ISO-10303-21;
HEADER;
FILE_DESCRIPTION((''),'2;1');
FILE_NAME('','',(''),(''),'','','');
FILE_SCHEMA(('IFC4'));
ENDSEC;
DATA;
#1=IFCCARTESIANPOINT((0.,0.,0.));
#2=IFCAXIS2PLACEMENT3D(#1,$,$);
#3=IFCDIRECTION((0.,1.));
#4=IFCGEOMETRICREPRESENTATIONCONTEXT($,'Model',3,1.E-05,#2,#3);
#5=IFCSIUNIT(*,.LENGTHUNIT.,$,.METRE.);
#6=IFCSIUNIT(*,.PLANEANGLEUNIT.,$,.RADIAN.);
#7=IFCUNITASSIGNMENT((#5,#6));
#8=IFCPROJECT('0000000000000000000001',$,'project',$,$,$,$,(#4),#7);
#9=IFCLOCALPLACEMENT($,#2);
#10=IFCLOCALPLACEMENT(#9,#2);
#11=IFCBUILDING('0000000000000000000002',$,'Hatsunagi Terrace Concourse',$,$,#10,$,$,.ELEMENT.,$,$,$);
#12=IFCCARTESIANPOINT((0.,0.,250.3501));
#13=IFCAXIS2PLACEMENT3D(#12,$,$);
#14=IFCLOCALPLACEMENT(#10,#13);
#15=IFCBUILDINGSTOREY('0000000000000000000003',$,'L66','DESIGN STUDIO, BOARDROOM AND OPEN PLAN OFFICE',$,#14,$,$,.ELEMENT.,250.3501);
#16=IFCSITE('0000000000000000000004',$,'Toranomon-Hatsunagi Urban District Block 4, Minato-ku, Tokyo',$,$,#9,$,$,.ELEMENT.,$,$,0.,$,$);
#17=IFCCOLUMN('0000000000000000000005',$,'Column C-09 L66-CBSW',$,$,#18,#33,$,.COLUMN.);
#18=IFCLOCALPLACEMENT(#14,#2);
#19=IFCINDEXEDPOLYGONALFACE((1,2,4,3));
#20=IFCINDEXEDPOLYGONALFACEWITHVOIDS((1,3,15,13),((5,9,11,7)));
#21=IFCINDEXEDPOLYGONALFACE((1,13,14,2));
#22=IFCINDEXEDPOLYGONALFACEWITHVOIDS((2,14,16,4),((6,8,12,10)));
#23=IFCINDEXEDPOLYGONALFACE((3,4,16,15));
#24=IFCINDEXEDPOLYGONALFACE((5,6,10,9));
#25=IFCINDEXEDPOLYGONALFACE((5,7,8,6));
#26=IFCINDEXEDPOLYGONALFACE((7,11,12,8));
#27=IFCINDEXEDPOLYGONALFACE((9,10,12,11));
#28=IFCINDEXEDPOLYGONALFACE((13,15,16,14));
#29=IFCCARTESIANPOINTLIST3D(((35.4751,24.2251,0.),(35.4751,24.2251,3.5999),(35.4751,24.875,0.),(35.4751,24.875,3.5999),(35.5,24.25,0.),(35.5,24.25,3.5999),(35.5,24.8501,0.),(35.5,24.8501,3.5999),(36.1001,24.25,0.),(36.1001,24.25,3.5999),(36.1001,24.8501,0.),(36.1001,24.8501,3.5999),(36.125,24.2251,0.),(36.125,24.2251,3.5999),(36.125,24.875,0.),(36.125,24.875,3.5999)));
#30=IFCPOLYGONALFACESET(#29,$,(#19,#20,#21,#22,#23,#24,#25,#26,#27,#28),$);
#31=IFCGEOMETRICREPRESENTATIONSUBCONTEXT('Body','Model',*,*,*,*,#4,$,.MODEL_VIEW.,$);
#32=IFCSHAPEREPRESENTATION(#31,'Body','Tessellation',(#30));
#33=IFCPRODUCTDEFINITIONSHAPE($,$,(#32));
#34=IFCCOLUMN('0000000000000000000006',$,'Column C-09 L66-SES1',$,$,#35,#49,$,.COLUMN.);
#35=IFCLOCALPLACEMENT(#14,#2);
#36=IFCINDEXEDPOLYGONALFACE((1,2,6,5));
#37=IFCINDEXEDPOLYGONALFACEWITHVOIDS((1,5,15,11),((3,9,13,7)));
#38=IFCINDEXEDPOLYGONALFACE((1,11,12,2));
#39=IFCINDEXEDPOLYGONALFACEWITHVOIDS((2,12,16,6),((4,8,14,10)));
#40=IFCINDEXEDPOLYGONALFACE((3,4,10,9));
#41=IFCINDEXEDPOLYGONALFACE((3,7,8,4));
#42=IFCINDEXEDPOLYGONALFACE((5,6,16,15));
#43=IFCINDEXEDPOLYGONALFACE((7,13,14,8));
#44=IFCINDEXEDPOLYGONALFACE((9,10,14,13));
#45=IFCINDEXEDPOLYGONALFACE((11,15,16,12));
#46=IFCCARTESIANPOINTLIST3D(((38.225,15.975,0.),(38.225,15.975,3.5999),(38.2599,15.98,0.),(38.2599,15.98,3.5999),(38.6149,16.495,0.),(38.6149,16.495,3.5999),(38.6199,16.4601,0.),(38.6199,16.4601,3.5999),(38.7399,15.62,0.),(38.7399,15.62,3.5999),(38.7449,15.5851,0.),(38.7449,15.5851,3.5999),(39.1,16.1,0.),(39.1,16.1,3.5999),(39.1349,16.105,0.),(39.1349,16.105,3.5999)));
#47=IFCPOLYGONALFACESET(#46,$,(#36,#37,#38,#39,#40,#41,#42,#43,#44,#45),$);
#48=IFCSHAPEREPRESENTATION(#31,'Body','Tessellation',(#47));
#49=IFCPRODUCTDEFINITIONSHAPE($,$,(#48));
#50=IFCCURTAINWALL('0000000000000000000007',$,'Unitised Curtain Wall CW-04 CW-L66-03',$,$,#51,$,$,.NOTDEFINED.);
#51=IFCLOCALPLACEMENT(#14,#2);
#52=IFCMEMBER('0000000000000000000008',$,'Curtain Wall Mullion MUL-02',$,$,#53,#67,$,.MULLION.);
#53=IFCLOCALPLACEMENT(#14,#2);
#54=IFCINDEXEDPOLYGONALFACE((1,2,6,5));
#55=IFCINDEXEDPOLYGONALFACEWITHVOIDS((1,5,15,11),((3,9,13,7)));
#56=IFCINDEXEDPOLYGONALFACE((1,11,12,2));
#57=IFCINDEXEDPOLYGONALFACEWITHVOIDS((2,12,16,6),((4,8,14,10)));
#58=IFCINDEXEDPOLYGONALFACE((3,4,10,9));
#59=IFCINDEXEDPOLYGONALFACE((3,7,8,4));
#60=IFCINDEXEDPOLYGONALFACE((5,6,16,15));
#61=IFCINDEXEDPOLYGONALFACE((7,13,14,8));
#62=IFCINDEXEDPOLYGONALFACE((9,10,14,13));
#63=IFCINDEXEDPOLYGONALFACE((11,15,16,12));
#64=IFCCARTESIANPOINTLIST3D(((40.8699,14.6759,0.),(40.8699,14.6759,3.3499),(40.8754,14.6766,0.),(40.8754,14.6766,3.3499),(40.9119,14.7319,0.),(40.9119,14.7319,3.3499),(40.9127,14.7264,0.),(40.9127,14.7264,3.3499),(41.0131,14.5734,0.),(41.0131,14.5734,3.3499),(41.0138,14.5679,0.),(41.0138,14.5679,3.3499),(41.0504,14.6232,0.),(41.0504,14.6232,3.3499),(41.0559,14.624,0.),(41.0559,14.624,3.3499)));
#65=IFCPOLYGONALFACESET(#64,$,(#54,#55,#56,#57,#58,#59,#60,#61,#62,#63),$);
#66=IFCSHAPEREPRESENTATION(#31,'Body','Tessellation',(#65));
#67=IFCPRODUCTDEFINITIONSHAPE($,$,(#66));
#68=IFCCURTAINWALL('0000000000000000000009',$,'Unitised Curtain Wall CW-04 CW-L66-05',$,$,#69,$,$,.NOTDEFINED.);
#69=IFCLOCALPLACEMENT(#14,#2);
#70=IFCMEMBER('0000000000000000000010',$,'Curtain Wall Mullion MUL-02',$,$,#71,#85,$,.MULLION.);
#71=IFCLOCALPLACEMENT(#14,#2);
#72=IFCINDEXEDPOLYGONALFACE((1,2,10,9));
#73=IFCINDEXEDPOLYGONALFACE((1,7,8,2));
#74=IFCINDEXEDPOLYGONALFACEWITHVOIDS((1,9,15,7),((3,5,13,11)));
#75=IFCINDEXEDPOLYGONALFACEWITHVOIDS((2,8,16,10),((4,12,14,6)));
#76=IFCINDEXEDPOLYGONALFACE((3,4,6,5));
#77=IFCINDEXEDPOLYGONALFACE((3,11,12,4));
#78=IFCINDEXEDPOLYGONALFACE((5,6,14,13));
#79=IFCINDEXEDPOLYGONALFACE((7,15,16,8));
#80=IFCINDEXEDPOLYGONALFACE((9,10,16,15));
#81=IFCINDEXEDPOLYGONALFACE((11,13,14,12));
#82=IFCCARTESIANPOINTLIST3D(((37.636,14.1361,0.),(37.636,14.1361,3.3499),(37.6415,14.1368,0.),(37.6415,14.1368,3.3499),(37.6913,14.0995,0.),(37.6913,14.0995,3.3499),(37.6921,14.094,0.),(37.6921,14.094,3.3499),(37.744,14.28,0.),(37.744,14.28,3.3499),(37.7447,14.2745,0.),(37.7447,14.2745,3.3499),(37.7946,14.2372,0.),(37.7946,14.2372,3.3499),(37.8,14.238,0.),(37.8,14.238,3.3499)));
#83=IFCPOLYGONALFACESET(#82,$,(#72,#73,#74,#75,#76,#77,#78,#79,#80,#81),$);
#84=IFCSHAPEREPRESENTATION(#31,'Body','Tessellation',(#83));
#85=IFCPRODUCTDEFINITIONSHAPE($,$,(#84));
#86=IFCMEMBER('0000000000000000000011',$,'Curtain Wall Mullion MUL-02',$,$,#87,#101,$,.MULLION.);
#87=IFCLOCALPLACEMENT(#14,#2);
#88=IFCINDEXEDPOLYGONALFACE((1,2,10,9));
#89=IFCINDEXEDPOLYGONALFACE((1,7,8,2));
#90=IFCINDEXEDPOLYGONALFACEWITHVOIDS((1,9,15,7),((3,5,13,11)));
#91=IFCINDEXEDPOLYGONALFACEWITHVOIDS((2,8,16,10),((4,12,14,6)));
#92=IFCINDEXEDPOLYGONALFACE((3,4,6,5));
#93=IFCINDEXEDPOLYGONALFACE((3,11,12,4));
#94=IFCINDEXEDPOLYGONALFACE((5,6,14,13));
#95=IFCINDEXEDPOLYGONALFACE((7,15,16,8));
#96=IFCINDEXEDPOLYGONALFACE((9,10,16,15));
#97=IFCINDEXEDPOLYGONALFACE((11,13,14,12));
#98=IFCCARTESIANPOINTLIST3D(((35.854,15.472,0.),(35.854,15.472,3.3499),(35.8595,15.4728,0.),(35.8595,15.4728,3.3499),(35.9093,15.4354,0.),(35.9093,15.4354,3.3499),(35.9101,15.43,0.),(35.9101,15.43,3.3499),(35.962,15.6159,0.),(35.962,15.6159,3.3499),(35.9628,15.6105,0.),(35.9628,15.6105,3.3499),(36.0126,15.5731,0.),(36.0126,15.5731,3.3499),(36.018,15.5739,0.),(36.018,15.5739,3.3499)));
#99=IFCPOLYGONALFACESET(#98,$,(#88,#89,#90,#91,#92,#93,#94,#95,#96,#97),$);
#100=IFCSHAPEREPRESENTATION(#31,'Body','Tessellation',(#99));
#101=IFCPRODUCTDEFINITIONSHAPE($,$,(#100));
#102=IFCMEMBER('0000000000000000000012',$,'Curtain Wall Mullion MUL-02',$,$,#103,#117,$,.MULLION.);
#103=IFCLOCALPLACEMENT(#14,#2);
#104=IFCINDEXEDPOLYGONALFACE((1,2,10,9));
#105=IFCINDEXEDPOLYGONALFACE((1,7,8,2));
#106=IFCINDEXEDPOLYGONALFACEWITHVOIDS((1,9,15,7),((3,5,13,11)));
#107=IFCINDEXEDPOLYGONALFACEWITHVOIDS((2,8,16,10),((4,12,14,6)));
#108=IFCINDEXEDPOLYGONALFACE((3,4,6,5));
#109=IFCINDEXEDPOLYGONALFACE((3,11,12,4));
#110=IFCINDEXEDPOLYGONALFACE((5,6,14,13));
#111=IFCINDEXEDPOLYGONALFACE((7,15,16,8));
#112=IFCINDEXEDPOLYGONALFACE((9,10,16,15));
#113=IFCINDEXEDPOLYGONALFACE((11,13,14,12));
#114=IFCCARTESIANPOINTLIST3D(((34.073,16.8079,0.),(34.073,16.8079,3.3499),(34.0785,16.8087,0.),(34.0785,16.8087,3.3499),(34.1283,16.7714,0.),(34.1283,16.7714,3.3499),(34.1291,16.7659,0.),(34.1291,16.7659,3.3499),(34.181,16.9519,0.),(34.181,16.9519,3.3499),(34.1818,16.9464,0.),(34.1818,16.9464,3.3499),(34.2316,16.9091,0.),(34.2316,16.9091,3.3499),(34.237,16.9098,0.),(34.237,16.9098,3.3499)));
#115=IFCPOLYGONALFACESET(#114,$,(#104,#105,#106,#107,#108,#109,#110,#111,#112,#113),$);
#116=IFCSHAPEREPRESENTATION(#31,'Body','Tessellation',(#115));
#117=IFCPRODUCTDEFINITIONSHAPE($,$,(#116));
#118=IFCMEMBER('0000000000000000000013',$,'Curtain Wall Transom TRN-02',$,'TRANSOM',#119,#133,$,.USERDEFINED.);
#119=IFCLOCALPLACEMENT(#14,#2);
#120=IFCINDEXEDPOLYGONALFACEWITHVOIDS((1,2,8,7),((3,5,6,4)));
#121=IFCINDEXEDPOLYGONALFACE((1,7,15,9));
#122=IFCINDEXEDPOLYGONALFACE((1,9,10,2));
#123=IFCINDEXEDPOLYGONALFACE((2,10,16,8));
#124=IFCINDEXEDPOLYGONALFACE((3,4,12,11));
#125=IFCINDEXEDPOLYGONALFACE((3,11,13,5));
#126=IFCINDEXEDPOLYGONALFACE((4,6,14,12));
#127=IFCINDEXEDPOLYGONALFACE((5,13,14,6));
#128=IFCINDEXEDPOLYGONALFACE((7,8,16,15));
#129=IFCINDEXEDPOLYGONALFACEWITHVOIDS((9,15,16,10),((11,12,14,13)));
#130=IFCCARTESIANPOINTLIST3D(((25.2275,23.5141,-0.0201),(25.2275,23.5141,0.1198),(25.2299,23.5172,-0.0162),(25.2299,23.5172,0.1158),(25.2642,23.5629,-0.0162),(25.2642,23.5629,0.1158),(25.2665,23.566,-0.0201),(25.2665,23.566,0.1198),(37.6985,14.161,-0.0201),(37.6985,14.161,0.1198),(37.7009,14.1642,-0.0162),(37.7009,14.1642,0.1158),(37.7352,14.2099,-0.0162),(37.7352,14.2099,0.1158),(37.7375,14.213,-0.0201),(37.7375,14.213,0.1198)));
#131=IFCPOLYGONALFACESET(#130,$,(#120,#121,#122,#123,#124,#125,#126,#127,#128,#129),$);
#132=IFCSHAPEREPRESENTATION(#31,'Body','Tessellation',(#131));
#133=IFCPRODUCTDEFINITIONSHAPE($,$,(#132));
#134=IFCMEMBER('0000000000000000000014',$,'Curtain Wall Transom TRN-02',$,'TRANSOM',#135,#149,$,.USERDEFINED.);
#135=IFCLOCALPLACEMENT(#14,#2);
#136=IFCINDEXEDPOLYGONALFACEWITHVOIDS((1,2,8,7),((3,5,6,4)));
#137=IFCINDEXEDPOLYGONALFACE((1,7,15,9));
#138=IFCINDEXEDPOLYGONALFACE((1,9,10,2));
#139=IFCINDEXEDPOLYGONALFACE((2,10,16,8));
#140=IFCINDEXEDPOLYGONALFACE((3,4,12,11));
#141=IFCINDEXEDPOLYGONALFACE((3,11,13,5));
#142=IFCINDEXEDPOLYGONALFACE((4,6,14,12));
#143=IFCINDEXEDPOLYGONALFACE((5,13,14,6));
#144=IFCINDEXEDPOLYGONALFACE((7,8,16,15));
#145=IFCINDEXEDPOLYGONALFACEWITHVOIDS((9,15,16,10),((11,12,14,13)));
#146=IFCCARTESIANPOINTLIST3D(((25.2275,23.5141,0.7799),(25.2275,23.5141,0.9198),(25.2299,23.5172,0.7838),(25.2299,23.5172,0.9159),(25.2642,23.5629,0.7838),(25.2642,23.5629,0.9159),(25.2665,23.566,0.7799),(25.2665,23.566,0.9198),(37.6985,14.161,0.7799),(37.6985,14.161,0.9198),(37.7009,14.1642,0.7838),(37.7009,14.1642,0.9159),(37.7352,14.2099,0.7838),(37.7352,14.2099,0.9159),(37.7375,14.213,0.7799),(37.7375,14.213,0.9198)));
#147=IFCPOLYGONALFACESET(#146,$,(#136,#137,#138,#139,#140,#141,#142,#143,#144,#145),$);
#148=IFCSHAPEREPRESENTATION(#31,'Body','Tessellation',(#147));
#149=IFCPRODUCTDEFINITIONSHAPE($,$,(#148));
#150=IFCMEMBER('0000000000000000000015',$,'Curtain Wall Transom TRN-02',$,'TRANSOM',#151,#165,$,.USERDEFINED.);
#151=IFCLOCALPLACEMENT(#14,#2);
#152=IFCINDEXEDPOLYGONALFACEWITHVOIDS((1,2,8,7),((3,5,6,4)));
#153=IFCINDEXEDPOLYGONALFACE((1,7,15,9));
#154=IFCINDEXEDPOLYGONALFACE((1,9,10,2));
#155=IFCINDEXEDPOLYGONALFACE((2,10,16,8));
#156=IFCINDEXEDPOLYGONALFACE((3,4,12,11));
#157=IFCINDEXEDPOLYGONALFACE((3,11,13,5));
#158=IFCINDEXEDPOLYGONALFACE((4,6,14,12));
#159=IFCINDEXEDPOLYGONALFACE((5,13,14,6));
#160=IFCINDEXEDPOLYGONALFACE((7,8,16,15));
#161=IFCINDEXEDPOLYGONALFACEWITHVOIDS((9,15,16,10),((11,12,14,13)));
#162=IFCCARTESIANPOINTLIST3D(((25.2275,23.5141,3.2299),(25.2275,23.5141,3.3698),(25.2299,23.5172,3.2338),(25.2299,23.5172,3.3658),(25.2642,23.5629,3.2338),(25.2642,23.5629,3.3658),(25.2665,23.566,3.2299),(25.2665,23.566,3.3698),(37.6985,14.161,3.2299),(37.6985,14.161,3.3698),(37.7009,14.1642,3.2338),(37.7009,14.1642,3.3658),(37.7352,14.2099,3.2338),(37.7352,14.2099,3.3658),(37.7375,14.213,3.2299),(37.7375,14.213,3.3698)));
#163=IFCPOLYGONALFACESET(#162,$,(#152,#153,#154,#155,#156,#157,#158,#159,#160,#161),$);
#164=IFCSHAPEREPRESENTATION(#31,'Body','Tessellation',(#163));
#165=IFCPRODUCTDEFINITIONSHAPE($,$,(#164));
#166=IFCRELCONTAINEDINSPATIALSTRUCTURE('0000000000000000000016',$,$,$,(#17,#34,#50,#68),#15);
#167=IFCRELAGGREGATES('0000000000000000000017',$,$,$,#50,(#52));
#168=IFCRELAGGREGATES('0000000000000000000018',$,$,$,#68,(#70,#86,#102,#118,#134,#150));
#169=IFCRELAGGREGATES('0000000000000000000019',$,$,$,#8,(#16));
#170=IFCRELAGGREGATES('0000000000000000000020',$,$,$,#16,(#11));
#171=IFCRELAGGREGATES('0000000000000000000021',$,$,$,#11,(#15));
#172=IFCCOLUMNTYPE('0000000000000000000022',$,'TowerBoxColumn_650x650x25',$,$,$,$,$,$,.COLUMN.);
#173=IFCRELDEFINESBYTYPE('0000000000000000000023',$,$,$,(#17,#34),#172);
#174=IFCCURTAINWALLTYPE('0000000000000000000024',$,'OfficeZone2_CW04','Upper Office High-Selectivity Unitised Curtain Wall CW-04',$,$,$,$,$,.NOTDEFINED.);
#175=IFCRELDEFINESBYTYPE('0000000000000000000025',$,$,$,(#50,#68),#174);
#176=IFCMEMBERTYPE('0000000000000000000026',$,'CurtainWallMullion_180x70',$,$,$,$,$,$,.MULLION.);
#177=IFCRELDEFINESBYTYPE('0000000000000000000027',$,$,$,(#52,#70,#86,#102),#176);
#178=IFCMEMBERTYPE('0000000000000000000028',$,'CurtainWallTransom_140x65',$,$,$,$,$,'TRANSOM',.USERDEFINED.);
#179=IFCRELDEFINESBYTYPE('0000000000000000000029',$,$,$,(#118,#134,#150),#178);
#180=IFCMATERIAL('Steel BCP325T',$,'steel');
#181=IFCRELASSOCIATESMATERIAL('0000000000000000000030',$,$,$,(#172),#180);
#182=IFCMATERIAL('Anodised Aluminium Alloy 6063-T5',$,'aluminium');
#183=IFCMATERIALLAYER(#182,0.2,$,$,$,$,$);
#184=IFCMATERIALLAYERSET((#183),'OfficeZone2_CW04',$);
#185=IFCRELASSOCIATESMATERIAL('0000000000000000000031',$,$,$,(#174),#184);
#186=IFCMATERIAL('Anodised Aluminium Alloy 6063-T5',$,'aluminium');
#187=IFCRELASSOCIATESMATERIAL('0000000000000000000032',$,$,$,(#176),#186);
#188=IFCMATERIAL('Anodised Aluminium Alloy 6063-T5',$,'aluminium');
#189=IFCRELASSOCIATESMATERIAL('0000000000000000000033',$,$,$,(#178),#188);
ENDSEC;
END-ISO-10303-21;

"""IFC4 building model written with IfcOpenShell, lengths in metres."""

from ifc_helpers import new_model, si_unit, direction, frame, origin, origin_2d, place, context, subcontext, project, spatial, hollow_rectangle, extrude, material, layer, layer_set, material_profile, profile_set, type_object, element, aggregate, save


model = new_model("IFC4")

# Units and contexts
model_context = context("Model", 3, precision=1e-05, world=origin(), true_north=direction((0.0, 1.0)))
body_context = subcontext(model_context, "Body", "Model", "MODEL_VIEW")
ifc_project = project(units=[si_unit("LENGTHUNIT", "METRE"), si_unit("PLANEANGLEUNIT", "RADIAN")], contexts=[model_context])

# Site, building, storey
site_placement = place(None, origin())
site = spatial("IfcSite", under=ifc_project, at=site_placement, Name="Toranomon-Hatsunagi Urban District Block 4, Minato-ku, Tokyo", CompositionType="ELEMENT", RefElevation=0.0)
building_placement = place(site_placement, origin())
building = spatial("IfcBuilding", under=site, at=building_placement, Name="Hatsunagi Terrace Concourse", CompositionType="ELEMENT")
storey_placement = place(building_placement, frame((0.0, 0.0, 250.3501)))
storey = spatial("IfcBuildingStorey", under=building, at=storey_placement, Name="L66", Description="DESIGN STUDIO, BOARDROOM AND OPEN PLAN OFFICE", CompositionType="ELEMENT", Elevation=250.3501)

# Columns
ifc_material_1 = material(Name="Steel BCP325T", Category="steel")
ifc_material_profile_1 = material_profile(ifc_material_1, hollow_rectangle(XDim=0.6499, YDim=0.6499, WallThickness=0.0249, at=origin_2d()), Name="BCP-650x650x25")
ifc_profile_set_1 = profile_set([ifc_material_profile_1], Name="Steel BCP325T")
column_type = type_object("IfcColumnType", Name="TowerBoxColumn_650x650x25", PredefinedType="COLUMN", material=ifc_profile_set_1)
for number, where, z_axis, x_axis, name in (
    (1, (35.8, 24.55, 0.0), (0.0, 0.0, 1.0), (1.0, 0.0, 0.0), "Column C-09 L66-CBSW"),
    (2, (38.6799, 16.04, 0.0), (0.0, 0.0, 1.0), (0.8, -0.6, 0.0), "Column C-09 L66-SES1"),
):
    element("IfcColumn", number, at=place(storey_placement, frame(where, z_axis=z_axis, x_axis=x_axis)), inside=storey, type_object=column_type, Name=name, PredefinedType="COLUMN", context=body_context, shape_type="SweptSolid", body=[
        extrude(hollow_rectangle(XDim=0.6499, YDim=0.6499, WallThickness=0.0249, at=origin_2d()), origin(), (0.0, 0.0, 1.0), 3.5999),
    ])

# Curtain wall, member
ifc_material_2 = material(Name="Anodised Aluminium Alloy 6063-T5", Category="aluminium")
ifc_layer_1 = layer(ifc_material_2, 0.2)
ifc_layer_set_1 = layer_set([ifc_layer_1], Name="OfficeZone2_CW04")
curtain_wall_type = type_object("IfcCurtainWallType", Name="OfficeZone2_CW04", Description="Upper Office High-Selectivity Unitised Curtain Wall CW-04", PredefinedType="NOTDEFINED", material=ifc_layer_set_1)
curtain_wall_1_placement = place(storey_placement, origin())
curtain_wall_1 = element("IfcCurtainWall", 3, at=curtain_wall_1_placement, inside=storey, type_object=curtain_wall_type, Name="Unitised Curtain Wall CW-04 CW-L66-03", PredefinedType="NOTDEFINED")
ifc_material_3 = material(Name="Anodised Aluminium Alloy 6063-T5", Category="aluminium")
ifc_material_profile_2 = material_profile(ifc_material_3, hollow_rectangle(XDim=0.0701, YDim=0.1799, WallThickness=0.0039, at=origin_2d()), Name="ALU-MUL-180x70x4")
ifc_profile_set_2 = profile_set([ifc_material_profile_2], Name="Anodised Aluminium Alloy 6063-T5")
member_type_1 = type_object("IfcMemberType", Name="CurtainWallMullion_180x70", PredefinedType="MULLION", material=ifc_profile_set_2)
member_1_placement = place(storey_placement, frame((40.9629, 14.6499, 0.0), z_axis=(0.0, 0.0, 1.0), x_axis=(-0.599969, -0.800023, 0.0)))
member_1 = element("IfcMember", 4, at=member_1_placement, type_object=member_type_1, Name="Curtain Wall Mullion MUL-02", PredefinedType="MULLION", context=body_context, shape_type="SweptSolid", body=[
    extrude(hollow_rectangle(XDim=0.0701, YDim=0.1799, WallThickness=0.0039, at=origin_2d()), origin(), (0.0, 0.0, 1.0), 3.3499),
])

# Curtain wall, members
curtain_wall_2_placement = place(storey_placement, origin())
curtain_wall_2 = element("IfcCurtainWall", 5, at=curtain_wall_2_placement, inside=storey, type_object=curtain_wall_type, Name="Unitised Curtain Wall CW-04 CW-L66-05", PredefinedType="NOTDEFINED")
member_2_placement = place(storey_placement, frame((37.718, 14.187, 0.0), z_axis=(0.0, 0.0, 1.0), x_axis=(-0.800007, 0.59999, 0.0)))
member_2 = element("IfcMember", 6, at=member_2_placement, type_object=member_type_1, Name="Curtain Wall Mullion MUL-02", PredefinedType="MULLION", context=body_context, shape_type="SweptSolid", body=[
    extrude(hollow_rectangle(XDim=0.0701, YDim=0.1799, WallThickness=0.0039, at=origin_2d()), origin(), (0.0, 0.0, 1.0), 3.3499),
])
member_3_placement = place(storey_placement, frame((35.936, 15.5229, 0.0), z_axis=(0.0, 0.0, 1.0), x_axis=(-0.800007, 0.59999, 0.0)))
member_3 = element("IfcMember", 7, at=member_3_placement, type_object=member_type_1, Name="Curtain Wall Mullion MUL-02", PredefinedType="MULLION", context=body_context, shape_type="SweptSolid", body=[
    extrude(hollow_rectangle(XDim=0.0701, YDim=0.1799, WallThickness=0.0039, at=origin_2d()), origin(), (0.0, 0.0, 1.0), 3.3499),
])
member_4_placement = place(storey_placement, frame((34.155, 16.8589, 0.0), z_axis=(0.0, 0.0, 1.0), x_axis=(-0.800007, 0.59999, 0.0)))
member_4 = element("IfcMember", 8, at=member_4_placement, type_object=member_type_1, Name="Curtain Wall Mullion MUL-02", PredefinedType="MULLION", context=body_context, shape_type="SweptSolid", body=[
    extrude(hollow_rectangle(XDim=0.0701, YDim=0.1799, WallThickness=0.0039, at=origin_2d()), origin(), (0.0, 0.0, 1.0), 3.3499),
])
ifc_material_4 = material(Name="Anodised Aluminium Alloy 6063-T5", Category="aluminium")
ifc_material_profile_3 = material_profile(ifc_material_4, hollow_rectangle(XDim=0.0649, YDim=0.1399, WallThickness=0.0039, at=origin_2d()), Name="ALU-TRN-140x65x4")
ifc_profile_set_3 = profile_set([ifc_material_profile_3], Name="Anodised Aluminium Alloy 6063-T5")
member_type_2 = type_object("IfcMemberType", Name="CurtainWallTransom_140x65", ElementType="TRANSOM", PredefinedType="USERDEFINED", material=ifc_profile_set_3)
member_5_placement = place(storey_placement, frame((37.718, 14.187, 0.0498), z_axis=(-0.800006, 0.599992, 0.0), x_axis=(-0.599992, -0.800006, 0.0)))
member_5 = element("IfcMember", 9, at=member_5_placement, type_object=member_type_2, Name="Curtain Wall Transom TRN-02", ObjectType="TRANSOM", PredefinedType="USERDEFINED", context=body_context, shape_type="SweptSolid", body=[
    extrude(hollow_rectangle(XDim=0.0649, YDim=0.1399, WallThickness=0.0039, at=origin_2d()), origin(), (0.0, 0.0, 1.0), 15.5886),
])
member_6_placement = place(storey_placement, frame((37.718, 14.187, 0.8499), z_axis=(-0.800006, 0.599992, 0.0), x_axis=(-0.599992, -0.800006, 0.0)))
member_6 = element("IfcMember", 10, at=member_6_placement, type_object=member_type_2, Name="Curtain Wall Transom TRN-02", ObjectType="TRANSOM", PredefinedType="USERDEFINED", context=body_context, shape_type="SweptSolid", body=[
    extrude(hollow_rectangle(XDim=0.0649, YDim=0.1399, WallThickness=0.0039, at=origin_2d()), origin(), (0.0, 0.0, 1.0), 15.5886),
])
member_7_placement = place(storey_placement, frame((37.718, 14.187, 3.2998), z_axis=(-0.800006, 0.599992, 0.0), x_axis=(-0.599992, -0.800006, 0.0)))
member_7 = element("IfcMember", 11, at=member_7_placement, type_object=member_type_2, Name="Curtain Wall Transom TRN-02", ObjectType="TRANSOM", PredefinedType="USERDEFINED", context=body_context, shape_type="SweptSolid", body=[
    extrude(hollow_rectangle(XDim=0.0649, YDim=0.1399, WallThickness=0.0039, at=origin_2d()), origin(), (0.0, 0.0, 1.0), 15.5886),
])

aggregate(curtain_wall_1, [member_1])
aggregate(curtain_wall_2, [member_2, member_3, member_4, member_5, member_6, member_7])

save(model, "model.ifc")
